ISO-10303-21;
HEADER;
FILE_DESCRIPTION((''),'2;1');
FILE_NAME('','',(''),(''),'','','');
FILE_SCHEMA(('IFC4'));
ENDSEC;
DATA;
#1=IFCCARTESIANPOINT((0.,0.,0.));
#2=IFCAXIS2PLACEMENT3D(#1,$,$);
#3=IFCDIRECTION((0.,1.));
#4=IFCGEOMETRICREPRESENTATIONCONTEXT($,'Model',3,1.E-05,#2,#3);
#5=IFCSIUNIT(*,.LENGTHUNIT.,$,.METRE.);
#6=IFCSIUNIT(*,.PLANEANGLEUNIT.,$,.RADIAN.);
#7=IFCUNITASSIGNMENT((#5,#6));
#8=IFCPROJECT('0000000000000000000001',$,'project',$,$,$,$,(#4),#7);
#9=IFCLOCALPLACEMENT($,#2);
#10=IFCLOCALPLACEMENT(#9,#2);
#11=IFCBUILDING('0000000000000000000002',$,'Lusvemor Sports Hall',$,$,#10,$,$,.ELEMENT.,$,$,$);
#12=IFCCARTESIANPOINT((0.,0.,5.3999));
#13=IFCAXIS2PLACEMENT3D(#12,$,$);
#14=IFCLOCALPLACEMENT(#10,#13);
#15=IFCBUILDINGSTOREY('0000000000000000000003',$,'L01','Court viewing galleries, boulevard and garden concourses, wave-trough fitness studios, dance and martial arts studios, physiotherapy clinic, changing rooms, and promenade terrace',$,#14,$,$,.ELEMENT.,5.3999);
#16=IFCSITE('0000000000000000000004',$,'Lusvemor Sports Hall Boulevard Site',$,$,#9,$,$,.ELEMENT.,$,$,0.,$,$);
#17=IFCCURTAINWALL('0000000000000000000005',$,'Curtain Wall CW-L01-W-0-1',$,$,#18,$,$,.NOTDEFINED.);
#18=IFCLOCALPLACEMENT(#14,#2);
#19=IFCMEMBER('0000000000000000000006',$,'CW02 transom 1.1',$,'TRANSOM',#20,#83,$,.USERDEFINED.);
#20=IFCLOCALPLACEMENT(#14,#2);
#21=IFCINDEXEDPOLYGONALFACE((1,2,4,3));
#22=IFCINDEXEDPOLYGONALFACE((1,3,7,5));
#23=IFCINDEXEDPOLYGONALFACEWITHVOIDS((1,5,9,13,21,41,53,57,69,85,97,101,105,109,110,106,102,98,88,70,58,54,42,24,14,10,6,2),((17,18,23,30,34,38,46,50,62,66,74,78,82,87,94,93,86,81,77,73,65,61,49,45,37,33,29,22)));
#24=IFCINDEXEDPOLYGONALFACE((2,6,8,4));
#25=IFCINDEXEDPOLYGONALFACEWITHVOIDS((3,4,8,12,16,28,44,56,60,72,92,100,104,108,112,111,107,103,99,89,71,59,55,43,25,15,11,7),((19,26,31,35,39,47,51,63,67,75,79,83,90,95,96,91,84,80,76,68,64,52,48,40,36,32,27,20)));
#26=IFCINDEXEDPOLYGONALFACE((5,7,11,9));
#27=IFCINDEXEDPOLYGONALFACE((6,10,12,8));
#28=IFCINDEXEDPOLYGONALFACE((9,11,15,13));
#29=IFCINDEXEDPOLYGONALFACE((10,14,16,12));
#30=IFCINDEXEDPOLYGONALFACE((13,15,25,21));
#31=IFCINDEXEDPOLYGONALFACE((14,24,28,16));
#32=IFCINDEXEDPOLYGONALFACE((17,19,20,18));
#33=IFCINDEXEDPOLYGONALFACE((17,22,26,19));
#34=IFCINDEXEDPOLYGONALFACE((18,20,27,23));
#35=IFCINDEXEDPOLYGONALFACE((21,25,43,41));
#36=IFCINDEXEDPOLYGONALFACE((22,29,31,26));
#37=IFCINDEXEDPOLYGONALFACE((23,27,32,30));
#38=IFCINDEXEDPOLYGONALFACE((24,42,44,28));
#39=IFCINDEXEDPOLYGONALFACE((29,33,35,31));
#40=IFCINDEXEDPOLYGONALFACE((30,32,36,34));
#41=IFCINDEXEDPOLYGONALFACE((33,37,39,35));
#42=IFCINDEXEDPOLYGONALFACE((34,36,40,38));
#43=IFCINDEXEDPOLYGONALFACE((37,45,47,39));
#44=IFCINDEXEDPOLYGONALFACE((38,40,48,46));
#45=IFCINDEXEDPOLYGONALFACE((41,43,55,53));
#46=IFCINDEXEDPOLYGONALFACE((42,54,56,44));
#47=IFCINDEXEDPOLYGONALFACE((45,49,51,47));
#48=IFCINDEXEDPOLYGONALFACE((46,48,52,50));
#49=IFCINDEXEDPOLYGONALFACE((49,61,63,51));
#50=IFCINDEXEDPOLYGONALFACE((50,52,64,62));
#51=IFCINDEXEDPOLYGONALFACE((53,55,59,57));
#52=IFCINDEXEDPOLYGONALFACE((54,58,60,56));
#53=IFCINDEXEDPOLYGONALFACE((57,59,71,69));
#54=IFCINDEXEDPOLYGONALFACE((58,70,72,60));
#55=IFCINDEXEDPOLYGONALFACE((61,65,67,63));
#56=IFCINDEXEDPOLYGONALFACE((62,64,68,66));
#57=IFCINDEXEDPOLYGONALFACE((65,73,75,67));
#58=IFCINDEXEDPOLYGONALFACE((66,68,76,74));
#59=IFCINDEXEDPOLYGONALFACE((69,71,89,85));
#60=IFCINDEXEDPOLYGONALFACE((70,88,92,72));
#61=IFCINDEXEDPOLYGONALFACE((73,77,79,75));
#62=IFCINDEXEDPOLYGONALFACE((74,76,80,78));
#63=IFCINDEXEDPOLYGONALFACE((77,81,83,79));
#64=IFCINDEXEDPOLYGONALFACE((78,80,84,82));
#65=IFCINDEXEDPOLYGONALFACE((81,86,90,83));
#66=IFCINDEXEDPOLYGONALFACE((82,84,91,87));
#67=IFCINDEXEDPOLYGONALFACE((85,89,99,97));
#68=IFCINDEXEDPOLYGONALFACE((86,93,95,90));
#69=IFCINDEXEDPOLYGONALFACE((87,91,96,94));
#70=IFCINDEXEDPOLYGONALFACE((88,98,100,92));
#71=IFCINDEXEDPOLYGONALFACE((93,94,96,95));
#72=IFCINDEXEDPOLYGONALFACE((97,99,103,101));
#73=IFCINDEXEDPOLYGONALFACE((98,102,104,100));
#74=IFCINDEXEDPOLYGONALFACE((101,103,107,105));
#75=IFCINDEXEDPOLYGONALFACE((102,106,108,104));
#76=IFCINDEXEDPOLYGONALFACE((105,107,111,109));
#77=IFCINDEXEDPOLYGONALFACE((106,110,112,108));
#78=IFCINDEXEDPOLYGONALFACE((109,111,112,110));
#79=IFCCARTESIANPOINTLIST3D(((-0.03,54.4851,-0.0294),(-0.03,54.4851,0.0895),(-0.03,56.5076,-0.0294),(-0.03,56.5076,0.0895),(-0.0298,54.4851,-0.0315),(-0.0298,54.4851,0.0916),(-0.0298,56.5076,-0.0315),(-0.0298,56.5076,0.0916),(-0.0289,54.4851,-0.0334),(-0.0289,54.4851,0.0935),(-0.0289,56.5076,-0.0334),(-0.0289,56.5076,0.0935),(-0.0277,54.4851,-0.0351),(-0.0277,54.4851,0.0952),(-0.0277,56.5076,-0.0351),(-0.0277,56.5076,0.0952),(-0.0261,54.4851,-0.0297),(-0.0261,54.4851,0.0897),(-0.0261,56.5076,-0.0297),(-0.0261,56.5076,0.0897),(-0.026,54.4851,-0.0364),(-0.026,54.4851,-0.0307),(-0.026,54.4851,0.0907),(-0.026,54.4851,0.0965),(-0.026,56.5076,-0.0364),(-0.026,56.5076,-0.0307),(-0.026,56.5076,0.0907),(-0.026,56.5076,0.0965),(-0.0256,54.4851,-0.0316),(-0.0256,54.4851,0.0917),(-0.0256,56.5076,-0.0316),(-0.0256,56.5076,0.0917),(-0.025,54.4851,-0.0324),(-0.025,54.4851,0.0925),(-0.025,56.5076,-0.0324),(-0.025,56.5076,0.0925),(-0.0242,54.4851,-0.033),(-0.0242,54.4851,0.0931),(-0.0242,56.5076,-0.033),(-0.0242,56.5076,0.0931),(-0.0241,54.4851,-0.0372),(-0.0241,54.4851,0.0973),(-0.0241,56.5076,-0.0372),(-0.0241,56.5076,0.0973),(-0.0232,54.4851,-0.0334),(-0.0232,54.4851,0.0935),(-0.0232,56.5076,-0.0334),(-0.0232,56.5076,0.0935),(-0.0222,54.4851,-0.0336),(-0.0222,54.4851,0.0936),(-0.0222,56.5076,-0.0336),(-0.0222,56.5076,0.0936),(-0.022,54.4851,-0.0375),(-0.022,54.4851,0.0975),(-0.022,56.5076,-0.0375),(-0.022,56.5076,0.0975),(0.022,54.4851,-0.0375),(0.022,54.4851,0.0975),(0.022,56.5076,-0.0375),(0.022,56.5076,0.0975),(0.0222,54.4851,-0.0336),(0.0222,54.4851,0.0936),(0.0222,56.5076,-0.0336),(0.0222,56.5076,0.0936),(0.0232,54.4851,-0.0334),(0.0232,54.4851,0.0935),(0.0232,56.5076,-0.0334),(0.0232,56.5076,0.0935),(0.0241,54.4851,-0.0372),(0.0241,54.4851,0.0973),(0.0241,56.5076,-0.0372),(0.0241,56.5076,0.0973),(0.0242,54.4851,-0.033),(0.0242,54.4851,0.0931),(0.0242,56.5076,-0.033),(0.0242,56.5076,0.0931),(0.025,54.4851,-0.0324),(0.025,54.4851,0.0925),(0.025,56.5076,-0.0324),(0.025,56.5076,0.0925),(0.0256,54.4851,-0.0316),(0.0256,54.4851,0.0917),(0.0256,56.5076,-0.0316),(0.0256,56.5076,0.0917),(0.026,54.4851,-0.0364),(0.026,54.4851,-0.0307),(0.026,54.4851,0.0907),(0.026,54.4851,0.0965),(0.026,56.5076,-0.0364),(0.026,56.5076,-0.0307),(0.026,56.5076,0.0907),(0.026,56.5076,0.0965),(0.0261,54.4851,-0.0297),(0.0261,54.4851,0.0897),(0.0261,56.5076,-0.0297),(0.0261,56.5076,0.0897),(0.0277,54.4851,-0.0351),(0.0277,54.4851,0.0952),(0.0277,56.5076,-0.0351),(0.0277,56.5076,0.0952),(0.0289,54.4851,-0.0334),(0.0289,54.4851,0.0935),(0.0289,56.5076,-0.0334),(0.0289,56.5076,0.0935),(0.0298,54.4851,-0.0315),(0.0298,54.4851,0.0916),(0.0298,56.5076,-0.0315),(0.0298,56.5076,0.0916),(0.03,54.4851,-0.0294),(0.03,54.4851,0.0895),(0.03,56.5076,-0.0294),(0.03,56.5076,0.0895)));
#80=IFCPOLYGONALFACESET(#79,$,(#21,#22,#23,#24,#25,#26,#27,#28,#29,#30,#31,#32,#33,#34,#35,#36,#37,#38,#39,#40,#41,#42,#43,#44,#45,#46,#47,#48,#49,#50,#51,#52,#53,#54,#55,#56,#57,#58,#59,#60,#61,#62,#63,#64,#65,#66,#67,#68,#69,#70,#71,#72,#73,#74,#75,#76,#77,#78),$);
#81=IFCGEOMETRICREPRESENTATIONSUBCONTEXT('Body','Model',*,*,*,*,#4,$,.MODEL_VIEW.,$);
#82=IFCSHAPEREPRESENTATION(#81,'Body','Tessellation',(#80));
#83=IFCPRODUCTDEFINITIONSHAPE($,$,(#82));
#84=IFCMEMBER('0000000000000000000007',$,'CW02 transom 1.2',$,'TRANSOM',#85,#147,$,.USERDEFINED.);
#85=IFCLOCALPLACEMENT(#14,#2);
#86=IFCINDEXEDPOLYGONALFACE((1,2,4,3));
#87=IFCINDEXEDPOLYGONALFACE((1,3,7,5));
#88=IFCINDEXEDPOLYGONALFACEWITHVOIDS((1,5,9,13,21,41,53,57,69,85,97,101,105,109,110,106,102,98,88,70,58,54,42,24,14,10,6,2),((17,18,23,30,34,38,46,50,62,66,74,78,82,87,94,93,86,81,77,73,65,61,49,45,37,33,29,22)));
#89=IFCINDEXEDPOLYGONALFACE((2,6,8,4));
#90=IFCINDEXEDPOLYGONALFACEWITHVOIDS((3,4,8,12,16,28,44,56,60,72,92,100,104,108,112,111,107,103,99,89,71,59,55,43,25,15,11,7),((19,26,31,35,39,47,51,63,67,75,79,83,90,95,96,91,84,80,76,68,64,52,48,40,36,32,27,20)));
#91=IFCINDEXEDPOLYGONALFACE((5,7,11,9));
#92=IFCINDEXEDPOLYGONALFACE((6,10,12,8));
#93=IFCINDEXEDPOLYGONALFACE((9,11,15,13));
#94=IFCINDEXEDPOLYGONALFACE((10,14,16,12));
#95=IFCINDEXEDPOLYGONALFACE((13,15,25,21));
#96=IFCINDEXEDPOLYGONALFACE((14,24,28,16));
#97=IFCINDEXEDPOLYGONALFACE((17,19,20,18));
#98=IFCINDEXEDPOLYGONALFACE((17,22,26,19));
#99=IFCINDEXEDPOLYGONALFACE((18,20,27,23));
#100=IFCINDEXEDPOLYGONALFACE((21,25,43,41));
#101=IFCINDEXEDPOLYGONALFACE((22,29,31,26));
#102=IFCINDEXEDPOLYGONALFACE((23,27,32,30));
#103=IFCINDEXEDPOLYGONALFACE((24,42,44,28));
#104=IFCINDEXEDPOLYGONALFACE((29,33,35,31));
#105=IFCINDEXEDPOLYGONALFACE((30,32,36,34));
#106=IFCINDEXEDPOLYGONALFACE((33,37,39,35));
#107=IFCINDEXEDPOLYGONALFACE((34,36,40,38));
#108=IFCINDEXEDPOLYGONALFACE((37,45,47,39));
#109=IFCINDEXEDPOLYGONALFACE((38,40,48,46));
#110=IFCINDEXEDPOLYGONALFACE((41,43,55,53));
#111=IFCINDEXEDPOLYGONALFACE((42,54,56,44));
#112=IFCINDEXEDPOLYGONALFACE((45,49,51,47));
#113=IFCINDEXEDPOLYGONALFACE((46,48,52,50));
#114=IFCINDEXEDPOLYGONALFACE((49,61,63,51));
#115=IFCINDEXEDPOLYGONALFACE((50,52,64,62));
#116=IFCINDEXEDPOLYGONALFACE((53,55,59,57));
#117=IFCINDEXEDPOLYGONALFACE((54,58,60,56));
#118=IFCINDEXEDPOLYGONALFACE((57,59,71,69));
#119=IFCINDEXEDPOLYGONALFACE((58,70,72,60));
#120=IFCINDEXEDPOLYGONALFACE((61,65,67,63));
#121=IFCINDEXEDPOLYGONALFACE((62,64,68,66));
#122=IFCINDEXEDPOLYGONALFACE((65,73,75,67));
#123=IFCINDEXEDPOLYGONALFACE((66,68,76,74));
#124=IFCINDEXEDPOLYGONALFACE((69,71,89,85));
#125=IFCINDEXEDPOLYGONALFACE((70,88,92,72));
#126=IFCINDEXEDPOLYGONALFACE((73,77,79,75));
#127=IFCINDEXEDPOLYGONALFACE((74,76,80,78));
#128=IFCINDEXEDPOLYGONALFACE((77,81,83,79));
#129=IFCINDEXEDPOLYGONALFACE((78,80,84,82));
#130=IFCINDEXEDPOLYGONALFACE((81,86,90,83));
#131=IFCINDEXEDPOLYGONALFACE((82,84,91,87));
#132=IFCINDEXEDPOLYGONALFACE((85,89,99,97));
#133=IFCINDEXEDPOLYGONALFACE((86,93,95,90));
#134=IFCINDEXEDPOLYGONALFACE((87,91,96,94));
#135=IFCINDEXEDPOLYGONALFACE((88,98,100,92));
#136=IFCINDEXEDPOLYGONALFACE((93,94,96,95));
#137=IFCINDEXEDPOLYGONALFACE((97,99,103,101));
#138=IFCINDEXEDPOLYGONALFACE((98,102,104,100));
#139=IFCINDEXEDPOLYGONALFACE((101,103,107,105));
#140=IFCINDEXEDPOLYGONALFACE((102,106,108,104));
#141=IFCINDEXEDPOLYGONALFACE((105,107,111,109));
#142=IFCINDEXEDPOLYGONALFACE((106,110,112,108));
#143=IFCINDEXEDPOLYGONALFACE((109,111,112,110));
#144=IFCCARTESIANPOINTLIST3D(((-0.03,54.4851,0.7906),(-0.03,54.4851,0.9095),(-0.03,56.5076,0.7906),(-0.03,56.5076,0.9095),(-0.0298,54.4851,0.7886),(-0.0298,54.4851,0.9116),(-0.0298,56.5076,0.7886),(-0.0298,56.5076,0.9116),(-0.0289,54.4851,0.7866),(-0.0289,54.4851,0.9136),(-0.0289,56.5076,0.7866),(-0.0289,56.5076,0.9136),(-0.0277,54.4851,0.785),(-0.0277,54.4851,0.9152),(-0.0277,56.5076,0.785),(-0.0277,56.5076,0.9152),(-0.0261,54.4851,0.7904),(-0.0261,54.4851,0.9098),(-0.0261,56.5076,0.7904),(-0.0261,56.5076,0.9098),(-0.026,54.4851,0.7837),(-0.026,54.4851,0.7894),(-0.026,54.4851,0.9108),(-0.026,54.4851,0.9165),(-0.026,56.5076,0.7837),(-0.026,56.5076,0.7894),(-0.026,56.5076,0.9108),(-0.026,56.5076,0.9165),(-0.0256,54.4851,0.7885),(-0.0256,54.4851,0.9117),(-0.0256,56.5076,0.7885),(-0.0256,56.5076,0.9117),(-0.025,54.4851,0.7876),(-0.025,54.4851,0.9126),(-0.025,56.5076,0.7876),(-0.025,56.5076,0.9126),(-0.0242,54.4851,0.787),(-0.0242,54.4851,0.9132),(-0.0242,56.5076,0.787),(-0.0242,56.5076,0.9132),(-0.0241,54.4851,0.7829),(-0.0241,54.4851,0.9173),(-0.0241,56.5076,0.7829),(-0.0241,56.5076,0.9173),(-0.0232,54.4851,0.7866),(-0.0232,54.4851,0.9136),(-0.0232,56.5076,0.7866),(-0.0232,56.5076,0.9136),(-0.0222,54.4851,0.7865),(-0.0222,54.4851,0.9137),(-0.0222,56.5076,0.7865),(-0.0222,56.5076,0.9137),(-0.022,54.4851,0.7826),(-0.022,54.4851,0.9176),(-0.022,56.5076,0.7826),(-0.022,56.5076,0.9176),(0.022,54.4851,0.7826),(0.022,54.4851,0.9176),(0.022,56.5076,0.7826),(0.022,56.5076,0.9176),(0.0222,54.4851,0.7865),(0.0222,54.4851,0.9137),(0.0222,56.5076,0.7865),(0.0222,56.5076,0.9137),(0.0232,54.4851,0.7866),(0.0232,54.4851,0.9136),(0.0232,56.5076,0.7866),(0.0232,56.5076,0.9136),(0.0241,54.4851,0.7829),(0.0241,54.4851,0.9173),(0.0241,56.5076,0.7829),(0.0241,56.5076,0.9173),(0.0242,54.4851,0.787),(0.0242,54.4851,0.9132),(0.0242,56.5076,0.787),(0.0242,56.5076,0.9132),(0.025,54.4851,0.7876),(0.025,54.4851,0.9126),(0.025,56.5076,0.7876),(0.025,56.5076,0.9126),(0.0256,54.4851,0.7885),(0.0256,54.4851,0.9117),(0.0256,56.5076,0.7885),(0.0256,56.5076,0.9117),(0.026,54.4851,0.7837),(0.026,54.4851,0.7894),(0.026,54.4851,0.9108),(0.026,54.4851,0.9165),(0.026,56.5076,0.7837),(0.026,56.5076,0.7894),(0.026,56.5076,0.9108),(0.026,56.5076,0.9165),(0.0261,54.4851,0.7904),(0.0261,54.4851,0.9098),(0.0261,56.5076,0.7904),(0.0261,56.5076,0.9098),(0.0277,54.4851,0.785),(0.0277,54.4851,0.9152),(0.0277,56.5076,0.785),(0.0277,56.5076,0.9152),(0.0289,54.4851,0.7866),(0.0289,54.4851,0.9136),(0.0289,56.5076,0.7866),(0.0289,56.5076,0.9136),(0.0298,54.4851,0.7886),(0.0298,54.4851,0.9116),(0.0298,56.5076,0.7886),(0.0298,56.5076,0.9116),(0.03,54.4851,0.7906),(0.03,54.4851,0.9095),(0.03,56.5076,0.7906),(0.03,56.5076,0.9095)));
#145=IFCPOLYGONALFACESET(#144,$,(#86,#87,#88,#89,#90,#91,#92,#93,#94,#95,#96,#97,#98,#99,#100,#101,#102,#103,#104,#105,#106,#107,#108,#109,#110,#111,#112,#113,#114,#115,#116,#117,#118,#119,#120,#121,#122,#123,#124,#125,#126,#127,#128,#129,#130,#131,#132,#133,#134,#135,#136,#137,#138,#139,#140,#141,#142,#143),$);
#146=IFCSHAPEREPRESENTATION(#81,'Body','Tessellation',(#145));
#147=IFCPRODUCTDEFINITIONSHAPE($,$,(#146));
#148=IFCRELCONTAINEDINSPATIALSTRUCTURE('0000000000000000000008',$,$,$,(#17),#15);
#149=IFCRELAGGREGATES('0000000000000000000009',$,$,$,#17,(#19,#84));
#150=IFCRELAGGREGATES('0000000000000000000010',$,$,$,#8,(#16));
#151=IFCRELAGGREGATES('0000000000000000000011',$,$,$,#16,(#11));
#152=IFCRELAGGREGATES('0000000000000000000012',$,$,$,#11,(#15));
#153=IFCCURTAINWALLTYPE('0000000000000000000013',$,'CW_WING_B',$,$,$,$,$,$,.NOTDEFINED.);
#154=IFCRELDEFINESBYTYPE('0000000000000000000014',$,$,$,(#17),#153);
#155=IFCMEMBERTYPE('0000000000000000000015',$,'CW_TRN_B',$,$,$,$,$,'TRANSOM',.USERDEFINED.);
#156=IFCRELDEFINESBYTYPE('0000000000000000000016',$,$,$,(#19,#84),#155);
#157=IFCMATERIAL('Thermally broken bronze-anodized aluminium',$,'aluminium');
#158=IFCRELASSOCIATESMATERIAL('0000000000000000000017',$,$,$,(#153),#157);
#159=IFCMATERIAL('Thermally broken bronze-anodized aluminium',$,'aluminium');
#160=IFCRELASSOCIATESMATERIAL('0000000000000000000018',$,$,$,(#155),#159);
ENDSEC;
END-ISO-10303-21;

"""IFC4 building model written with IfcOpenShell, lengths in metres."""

from ifc_helpers import new_model, si_unit, direction, frame, origin, origin_2d, place, context, subcontext, project, spatial, hollow_rectangle, extrude, material, material_profile, profile_set, type_object, element, aggregate, save


model = new_model("IFC4")

# Units and contexts
model_context = context("Model", 3, precision=1e-05, world=origin(), true_north=direction((0.0, 1.0)))
body_context = subcontext(model_context, "Body", "Model", "MODEL_VIEW")
ifc_project = project(units=[si_unit("LENGTHUNIT", "METRE"), si_unit("PLANEANGLEUNIT", "RADIAN")], contexts=[model_context])

# Site, building, storey
site_placement = place(None, origin())
site = spatial("IfcSite", under=ifc_project, at=site_placement, Name="Lusvemor Sports Hall Boulevard Site", CompositionType="ELEMENT", RefElevation=0.0)
building_placement = place(site_placement, origin())
building = spatial("IfcBuilding", under=site, at=building_placement, Name="Lusvemor Sports Hall", CompositionType="ELEMENT")
storey_placement = place(building_placement, frame((0.0, 0.0, 5.3999)))
storey = spatial("IfcBuildingStorey", under=building, at=storey_placement, Name="L01", Description="Court viewing galleries, boulevard and garden concourses, wave-trough fitness studios, dance and martial arts studios, physiotherapy clinic, changing rooms, and promenade terrace", CompositionType="ELEMENT", Elevation=5.3999)

# Shared definitions
ifc_material_1 = material(Name="Thermally broken bronze-anodized aluminium", Category="aluminium")
curtain_wall_type = type_object("IfcCurtainWallType", Name="CW_WING_B", PredefinedType="NOTDEFINED", material=ifc_material_1)

# Curtain wall
curtain_wall_1_placement = place(storey_placement, origin())
curtain_wall_1 = element("IfcCurtainWall", 1, at=curtain_wall_1_placement, inside=storey, type_object=curtain_wall_type, Name="Curtain Wall CW-L01-W-0-1", PredefinedType="NOTDEFINED")

# Members
ifc_material_2 = material(Name="Thermally broken bronze-anodized aluminium", Category="aluminium")
ifc_material_profile_1 = material_profile(ifc_material_2, hollow_rectangle(XDim=0.0601, YDim=0.135, WallThickness=0.0039, InnerFilletRadius=0.0039, OuterFilletRadius=0.0081, at=origin_2d()), Name="CWTRN135x60x4")
ifc_profile_set_1 = profile_set([ifc_material_profile_1], Name="Thermally broken bronze-anodized aluminium")
member_type_1 = type_object("IfcMemberType", Name="CW_TRN_B", ElementType="TRANSOM", PredefinedType="USERDEFINED", material=ifc_profile_set_1)
member_1_placement = place(storey_placement, frame((0.0, 54.4851, 0.03), z_axis=(0.0, 1.0, 0.0), x_axis=(-1.0, 0.0, 0.0)))
member_1 = element("IfcMember", 2, at=member_1_placement, type_object=member_type_1, Name="CW02 transom 1.1", ObjectType="TRANSOM", PredefinedType="USERDEFINED", context=body_context, shape_type="SweptSolid", body=[
    extrude(hollow_rectangle(XDim=0.0601, YDim=0.135, WallThickness=0.0039, InnerFilletRadius=0.0039, OuterFilletRadius=0.0081, at=origin_2d()), origin(), (0.0, 0.0, 1.0), 2.0225),
])
member_2_placement = place(storey_placement, frame((0.0, 54.4851, 0.8501), z_axis=(0.0, 1.0, 0.0), x_axis=(-1.0, 0.0, 0.0)))
member_2 = element("IfcMember", 3, at=member_2_placement, type_object=member_type_1, Name="CW02 transom 1.2", ObjectType="TRANSOM", PredefinedType="USERDEFINED", context=body_context, shape_type="SweptSolid", body=[
    extrude(hollow_rectangle(XDim=0.0601, YDim=0.135, WallThickness=0.0039, InnerFilletRadius=0.0039, OuterFilletRadius=0.0081, at=origin_2d()), origin(), (0.0, 0.0, 1.0), 2.0225),
])

aggregate(curtain_wall_1, [member_1, member_2])

save(model, "model.ifc")
